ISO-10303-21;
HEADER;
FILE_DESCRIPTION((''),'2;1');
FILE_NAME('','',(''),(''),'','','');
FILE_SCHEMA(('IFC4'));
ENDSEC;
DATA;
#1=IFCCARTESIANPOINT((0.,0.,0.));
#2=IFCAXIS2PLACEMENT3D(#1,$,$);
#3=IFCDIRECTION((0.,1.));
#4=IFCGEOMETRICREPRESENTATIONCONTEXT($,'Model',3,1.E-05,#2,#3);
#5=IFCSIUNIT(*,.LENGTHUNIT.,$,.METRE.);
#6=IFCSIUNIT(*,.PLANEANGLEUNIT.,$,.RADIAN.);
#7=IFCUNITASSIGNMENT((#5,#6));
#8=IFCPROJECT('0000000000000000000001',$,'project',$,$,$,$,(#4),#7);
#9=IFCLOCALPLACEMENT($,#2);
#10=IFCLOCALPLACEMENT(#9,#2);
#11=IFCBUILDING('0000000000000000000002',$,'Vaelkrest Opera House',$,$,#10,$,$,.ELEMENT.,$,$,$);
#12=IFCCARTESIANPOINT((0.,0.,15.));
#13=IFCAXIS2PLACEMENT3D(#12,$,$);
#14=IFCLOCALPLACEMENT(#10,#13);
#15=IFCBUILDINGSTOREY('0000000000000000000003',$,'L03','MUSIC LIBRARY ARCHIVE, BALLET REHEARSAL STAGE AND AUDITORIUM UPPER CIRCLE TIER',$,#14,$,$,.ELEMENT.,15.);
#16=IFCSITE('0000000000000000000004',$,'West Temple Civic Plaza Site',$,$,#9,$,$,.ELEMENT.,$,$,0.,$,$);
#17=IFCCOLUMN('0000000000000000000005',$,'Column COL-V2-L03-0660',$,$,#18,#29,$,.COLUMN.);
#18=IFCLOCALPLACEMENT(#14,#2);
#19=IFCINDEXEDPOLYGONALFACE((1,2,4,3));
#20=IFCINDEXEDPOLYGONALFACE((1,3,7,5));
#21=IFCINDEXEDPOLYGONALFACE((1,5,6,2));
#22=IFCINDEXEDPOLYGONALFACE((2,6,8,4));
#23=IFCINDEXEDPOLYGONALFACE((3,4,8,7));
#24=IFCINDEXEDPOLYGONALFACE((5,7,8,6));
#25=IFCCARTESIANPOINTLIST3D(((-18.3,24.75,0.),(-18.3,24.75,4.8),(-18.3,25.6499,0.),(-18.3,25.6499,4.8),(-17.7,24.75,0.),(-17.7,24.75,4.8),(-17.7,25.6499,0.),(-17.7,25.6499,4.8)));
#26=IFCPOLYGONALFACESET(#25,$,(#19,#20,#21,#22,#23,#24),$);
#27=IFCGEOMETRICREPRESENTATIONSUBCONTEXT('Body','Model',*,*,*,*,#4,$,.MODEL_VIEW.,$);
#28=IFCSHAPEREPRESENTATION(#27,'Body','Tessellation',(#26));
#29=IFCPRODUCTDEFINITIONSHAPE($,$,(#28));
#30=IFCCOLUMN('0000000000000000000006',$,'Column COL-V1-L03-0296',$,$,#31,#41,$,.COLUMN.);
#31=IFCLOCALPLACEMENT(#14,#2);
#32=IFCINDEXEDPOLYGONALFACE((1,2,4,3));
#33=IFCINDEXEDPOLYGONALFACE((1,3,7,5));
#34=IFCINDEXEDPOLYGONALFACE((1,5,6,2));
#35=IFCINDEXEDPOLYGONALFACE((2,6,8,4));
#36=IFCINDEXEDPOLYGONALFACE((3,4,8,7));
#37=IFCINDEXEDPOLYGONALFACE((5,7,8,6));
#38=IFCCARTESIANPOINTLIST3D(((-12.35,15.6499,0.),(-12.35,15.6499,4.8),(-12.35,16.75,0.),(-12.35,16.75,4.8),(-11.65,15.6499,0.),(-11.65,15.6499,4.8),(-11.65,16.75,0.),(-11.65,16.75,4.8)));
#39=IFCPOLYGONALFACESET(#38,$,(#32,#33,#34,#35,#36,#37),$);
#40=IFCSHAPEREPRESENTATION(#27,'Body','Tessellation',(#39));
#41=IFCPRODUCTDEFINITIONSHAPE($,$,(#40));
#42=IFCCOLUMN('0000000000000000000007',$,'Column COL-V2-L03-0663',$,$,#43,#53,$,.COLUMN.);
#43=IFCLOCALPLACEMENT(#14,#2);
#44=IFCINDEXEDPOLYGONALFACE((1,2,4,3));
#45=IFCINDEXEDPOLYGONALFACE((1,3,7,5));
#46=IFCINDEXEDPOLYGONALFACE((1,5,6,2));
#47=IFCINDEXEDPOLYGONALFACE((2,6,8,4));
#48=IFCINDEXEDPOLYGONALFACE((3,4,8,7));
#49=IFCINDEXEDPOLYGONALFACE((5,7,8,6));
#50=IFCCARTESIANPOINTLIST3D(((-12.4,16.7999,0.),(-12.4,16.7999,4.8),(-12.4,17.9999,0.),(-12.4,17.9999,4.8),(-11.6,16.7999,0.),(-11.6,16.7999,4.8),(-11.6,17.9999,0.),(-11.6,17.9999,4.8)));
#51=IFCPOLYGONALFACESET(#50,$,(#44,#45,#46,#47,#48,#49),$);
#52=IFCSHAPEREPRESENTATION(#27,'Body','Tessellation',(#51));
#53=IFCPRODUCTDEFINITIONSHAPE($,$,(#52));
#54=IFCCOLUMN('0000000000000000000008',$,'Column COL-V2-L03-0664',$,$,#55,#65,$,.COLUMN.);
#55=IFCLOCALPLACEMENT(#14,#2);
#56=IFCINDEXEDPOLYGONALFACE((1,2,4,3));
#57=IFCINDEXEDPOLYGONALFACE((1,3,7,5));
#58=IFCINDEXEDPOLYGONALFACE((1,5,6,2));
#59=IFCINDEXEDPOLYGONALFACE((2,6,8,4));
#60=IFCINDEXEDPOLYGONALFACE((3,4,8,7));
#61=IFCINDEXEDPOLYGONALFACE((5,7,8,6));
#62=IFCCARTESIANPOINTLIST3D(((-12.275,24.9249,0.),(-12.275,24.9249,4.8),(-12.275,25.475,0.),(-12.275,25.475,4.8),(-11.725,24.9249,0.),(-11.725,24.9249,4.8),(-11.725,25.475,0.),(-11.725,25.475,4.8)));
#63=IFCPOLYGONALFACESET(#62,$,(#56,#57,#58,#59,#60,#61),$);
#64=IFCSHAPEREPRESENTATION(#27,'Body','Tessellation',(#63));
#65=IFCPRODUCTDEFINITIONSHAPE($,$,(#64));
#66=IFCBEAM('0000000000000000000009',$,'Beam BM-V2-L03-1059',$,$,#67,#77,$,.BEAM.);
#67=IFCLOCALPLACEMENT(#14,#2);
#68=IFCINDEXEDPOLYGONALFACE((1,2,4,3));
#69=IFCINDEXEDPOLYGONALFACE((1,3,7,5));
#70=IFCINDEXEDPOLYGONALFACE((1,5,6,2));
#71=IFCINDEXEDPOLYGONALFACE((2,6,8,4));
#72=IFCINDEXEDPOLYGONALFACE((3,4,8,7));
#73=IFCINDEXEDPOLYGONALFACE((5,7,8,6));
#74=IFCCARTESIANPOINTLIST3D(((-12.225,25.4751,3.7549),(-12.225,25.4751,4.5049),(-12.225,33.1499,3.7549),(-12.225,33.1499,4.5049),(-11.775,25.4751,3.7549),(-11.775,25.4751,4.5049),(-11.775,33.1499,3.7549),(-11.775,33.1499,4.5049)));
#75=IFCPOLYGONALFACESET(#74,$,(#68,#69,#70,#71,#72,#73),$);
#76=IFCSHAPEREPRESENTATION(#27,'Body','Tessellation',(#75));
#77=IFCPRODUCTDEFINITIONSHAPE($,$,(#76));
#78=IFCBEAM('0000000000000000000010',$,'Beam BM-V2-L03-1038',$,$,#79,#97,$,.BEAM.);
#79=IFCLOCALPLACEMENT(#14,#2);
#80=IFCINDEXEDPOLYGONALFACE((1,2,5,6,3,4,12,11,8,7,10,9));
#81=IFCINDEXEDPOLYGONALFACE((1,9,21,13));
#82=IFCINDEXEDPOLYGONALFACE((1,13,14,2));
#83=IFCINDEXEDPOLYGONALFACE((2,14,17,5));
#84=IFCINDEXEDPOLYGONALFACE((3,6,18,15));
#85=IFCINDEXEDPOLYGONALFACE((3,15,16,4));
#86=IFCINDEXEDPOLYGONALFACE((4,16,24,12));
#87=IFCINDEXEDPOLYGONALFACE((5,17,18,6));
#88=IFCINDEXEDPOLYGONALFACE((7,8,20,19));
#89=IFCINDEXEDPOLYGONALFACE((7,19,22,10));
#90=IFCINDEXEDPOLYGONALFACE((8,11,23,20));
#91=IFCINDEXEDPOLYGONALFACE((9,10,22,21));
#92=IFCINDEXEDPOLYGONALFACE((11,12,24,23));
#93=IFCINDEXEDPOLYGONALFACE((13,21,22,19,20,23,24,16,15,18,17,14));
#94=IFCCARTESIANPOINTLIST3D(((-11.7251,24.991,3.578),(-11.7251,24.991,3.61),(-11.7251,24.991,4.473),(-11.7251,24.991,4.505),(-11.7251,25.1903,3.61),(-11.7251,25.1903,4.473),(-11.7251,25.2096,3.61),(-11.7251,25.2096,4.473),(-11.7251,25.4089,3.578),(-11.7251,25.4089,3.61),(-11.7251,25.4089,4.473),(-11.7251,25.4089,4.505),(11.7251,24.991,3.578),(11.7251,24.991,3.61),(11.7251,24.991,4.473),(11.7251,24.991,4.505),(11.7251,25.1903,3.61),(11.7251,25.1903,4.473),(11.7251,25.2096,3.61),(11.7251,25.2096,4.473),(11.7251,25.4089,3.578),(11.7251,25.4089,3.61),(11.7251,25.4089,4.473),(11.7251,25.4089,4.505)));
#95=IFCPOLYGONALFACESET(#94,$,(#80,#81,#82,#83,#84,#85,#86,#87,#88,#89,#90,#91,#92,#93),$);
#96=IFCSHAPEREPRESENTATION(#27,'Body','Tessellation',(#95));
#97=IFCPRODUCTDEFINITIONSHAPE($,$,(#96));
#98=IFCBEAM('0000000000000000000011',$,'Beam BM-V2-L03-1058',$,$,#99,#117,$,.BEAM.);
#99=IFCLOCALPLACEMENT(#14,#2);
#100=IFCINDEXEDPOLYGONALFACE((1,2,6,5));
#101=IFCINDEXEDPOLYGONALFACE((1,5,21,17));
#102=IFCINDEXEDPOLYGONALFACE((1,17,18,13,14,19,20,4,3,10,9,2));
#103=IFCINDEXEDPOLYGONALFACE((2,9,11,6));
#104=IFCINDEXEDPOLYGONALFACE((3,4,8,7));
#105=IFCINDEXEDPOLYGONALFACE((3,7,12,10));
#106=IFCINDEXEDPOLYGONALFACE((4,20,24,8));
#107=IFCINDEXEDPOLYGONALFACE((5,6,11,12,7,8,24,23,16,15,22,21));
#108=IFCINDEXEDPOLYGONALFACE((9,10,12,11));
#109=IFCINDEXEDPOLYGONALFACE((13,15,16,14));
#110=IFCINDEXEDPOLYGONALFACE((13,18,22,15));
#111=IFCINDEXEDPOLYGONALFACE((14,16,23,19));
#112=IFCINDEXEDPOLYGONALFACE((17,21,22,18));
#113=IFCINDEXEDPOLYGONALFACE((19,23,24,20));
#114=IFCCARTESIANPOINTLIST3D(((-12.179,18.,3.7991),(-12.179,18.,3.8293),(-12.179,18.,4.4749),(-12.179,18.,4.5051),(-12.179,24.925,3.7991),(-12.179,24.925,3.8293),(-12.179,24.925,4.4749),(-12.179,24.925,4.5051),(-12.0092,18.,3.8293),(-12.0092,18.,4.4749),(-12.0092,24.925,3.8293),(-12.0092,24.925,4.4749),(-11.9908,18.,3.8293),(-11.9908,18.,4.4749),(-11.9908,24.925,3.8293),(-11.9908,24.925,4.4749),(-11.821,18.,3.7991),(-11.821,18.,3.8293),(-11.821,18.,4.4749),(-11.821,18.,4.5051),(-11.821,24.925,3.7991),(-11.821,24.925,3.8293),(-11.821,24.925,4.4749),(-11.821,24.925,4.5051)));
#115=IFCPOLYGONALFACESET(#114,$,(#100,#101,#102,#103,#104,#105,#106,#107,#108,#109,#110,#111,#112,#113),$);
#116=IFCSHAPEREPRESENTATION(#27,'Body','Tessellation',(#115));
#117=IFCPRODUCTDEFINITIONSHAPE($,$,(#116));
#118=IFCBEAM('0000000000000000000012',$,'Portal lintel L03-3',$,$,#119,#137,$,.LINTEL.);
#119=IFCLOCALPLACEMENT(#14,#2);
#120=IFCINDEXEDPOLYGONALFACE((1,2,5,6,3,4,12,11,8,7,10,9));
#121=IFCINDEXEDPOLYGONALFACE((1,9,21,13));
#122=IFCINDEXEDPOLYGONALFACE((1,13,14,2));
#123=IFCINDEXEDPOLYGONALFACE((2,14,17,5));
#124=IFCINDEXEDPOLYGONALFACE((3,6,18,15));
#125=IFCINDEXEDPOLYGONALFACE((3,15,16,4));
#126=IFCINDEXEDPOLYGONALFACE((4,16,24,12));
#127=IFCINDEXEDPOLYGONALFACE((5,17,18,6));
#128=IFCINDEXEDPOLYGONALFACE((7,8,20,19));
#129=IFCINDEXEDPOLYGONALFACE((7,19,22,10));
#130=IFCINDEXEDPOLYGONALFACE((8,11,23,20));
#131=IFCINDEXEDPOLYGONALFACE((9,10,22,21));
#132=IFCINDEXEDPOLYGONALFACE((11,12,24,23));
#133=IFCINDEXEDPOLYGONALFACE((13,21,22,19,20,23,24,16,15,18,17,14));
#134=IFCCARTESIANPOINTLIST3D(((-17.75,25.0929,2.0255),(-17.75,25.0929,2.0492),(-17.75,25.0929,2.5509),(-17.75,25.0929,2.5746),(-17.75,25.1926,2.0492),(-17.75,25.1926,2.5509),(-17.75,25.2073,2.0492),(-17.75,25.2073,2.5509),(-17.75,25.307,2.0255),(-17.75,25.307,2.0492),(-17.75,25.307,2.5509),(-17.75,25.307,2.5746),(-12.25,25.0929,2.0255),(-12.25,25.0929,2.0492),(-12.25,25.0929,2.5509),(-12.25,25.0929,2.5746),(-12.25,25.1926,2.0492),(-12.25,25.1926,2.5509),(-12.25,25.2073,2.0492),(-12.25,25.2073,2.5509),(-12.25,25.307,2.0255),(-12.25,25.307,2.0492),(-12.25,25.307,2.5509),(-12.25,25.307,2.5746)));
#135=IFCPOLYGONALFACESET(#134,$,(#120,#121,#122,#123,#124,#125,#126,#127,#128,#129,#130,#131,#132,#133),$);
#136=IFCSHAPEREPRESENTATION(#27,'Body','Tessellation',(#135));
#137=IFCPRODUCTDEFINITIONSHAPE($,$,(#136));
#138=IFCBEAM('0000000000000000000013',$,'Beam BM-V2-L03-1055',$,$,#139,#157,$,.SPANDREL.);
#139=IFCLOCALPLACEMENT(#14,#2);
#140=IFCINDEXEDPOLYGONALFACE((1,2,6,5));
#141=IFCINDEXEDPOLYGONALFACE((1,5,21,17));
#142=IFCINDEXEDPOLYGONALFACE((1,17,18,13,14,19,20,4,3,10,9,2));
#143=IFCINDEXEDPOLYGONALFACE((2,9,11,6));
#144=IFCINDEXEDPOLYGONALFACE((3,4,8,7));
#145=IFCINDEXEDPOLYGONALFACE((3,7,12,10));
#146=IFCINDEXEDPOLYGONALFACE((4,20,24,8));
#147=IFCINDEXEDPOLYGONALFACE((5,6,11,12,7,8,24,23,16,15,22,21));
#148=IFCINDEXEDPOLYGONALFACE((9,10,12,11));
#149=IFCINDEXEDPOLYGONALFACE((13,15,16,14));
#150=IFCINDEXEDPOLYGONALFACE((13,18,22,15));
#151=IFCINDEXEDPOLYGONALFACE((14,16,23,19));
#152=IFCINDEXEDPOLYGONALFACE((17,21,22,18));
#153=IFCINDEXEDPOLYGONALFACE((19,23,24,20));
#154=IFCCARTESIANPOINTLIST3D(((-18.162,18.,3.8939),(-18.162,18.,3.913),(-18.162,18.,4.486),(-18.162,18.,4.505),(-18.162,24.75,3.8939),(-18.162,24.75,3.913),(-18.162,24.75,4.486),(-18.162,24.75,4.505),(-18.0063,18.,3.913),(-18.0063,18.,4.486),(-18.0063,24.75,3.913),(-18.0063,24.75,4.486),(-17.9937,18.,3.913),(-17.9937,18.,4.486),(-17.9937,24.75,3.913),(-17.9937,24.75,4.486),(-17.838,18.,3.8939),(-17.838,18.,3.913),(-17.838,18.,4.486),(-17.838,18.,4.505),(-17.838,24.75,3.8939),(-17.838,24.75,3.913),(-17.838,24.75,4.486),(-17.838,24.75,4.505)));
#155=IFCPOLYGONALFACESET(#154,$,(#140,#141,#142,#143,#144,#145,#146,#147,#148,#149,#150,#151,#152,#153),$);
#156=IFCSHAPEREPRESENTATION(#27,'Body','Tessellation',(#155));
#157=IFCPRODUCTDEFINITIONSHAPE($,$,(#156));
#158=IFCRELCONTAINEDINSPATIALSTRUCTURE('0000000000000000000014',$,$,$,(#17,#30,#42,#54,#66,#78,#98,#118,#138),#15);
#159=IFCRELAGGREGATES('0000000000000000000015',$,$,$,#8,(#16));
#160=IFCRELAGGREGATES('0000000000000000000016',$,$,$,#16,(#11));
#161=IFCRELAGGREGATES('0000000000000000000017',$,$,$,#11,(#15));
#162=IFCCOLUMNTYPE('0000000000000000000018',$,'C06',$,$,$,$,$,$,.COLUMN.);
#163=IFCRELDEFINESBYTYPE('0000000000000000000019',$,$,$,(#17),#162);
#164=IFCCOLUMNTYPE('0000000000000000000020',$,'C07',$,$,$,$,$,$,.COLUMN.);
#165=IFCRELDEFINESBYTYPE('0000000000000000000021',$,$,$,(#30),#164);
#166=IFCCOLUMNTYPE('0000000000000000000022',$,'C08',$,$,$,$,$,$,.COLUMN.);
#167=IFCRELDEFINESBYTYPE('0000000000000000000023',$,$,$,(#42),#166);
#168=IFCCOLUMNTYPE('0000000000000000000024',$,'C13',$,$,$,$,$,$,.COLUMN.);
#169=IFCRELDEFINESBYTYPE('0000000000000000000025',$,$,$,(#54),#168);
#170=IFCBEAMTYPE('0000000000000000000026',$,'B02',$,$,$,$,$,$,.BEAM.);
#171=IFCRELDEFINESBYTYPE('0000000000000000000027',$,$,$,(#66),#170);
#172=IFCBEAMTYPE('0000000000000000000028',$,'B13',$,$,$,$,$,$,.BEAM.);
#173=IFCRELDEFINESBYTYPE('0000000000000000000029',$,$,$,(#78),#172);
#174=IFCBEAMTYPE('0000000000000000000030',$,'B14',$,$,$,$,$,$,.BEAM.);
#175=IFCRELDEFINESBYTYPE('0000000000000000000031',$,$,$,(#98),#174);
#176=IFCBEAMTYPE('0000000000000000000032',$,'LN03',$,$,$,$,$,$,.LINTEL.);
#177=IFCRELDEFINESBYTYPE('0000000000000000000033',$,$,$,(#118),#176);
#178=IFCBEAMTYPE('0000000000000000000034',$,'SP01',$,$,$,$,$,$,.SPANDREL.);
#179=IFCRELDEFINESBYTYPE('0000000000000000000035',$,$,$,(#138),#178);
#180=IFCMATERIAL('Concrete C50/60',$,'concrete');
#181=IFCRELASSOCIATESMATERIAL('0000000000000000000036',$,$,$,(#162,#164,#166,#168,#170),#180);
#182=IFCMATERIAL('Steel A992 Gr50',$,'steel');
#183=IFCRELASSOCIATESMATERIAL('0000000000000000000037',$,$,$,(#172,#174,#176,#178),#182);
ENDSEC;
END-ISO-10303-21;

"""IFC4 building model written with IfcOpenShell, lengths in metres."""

from ifc_helpers import new_model, si_unit, direction, frame, origin, origin_2d, place, context, subcontext, project, spatial, rectangle, i_section, extrude, material, material_profile, profile_set, type_object, element, save


model = new_model("IFC4")

# Units and contexts
model_context = context("Model", 3, precision=1e-05, world=origin(), true_north=direction((0.0, 1.0)))
body_context = subcontext(model_context, "Body", "Model", "MODEL_VIEW")
ifc_project = project(units=[si_unit("LENGTHUNIT", "METRE"), si_unit("PLANEANGLEUNIT", "RADIAN")], contexts=[model_context])

# Site, building, storey
site_placement = place(None, origin())
site = spatial("IfcSite", under=ifc_project, at=site_placement, Name="West Temple Civic Plaza Site", CompositionType="ELEMENT", RefElevation=0.0)
building_placement = place(site_placement, origin())
building = spatial("IfcBuilding", under=site, at=building_placement, Name="Vaelkrest Opera House", CompositionType="ELEMENT")
storey_placement = place(building_placement, frame((0.0, 0.0, 15.0)))
storey = spatial("IfcBuildingStorey", under=building, at=storey_placement, Name="L03", Description="MUSIC LIBRARY ARCHIVE, BALLET REHEARSAL STAGE AND AUDITORIUM UPPER CIRCLE TIER", CompositionType="ELEMENT", Elevation=15.0)

# Columns
ifc_material_1 = material(Name="Concrete C50/60", Category="concrete")
ifc_material_profile_1 = material_profile(ifc_material_1, rectangle(XDim=0.6001, YDim=0.8999, at=origin_2d()), Name="RC600X900")
ifc_profile_set_1 = profile_set([ifc_material_profile_1], Name="Concrete C50/60")
column_type_1 = type_object("IfcColumnType", Name="C06", PredefinedType="COLUMN", material=ifc_profile_set_1)
column_1_placement = place(storey_placement, frame((-18.0, 25.2, 0.0), z_axis=(0.0, 0.0, 1.0), x_axis=(1.0, 0.0, 0.0)))
element("IfcColumn", 1, at=column_1_placement, inside=storey, type_object=column_type_1, Name="Column COL-V2-L03-0660", PredefinedType="COLUMN", context=body_context, shape_type="SweptSolid", body=[
    extrude(rectangle(XDim=0.6001, YDim=0.8999, at=origin_2d()), origin(), (0.0, 0.0, 1.0), 4.8),
])
ifc_material_profile_2 = material_profile(ifc_material_1, rectangle(XDim=0.7, YDim=1.1001, at=origin_2d()), Name="RC700X1100")
ifc_profile_set_2 = profile_set([ifc_material_profile_2], Name="Concrete C50/60")
column_type_2 = type_object("IfcColumnType", Name="C07", PredefinedType="COLUMN", material=ifc_profile_set_2)
column_2_placement = place(storey_placement, frame((-12.0, 16.2, 0.0), z_axis=(0.0, 0.0, 1.0), x_axis=(1.0, 0.0, 0.0)))
element("IfcColumn", 2, at=column_2_placement, inside=storey, type_object=column_type_2, Name="Column COL-V1-L03-0296", PredefinedType="COLUMN", context=body_context, shape_type="SweptSolid", body=[
    extrude(rectangle(XDim=0.7, YDim=1.1001, at=origin_2d()), origin(), (0.0, 0.0, 1.0), 4.8),
])
ifc_material_profile_3 = material_profile(ifc_material_1, rectangle(XDim=0.8, YDim=1.2, at=origin_2d()), Name="RC800X1200")
ifc_profile_set_3 = profile_set([ifc_material_profile_3], Name="Concrete C50/60")
column_type_3 = type_object("IfcColumnType", Name="C08", PredefinedType="COLUMN", material=ifc_profile_set_3)
column_3_placement = place(storey_placement, frame((-12.0, 17.3999, 0.0), z_axis=(0.0, 0.0, 1.0), x_axis=(1.0, 0.0, 0.0)))
element("IfcColumn", 3, at=column_3_placement, inside=storey, type_object=column_type_3, Name="Column COL-V2-L03-0663", PredefinedType="COLUMN", context=body_context, shape_type="SweptSolid", body=[
    extrude(rectangle(XDim=0.8, YDim=1.2, at=origin_2d()), origin(), (0.0, 0.0, 1.0), 4.8),
])
ifc_material_profile_4 = material_profile(ifc_material_1, rectangle(XDim=0.55, YDim=0.55, at=origin_2d()), Name="RC550X550")
ifc_profile_set_4 = profile_set([ifc_material_profile_4], Name="Concrete C50/60")
column_type_4 = type_object("IfcColumnType", Name="C13", PredefinedType="COLUMN", material=ifc_profile_set_4)
column_4_placement = place(storey_placement, frame((-12.0, 25.2, 0.0), z_axis=(0.0, 0.0, 1.0), x_axis=(1.0, 0.0, 0.0)))
element("IfcColumn", 4, at=column_4_placement, inside=storey, type_object=column_type_4, Name="Column COL-V2-L03-0664", PredefinedType="COLUMN", context=body_context, shape_type="SweptSolid", body=[
    extrude(rectangle(XDim=0.55, YDim=0.55, at=origin_2d()), origin(), (0.0, 0.0, 1.0), 4.8),
])

# Beams
ifc_material_profile_5 = material_profile(ifc_material_1, rectangle(XDim=0.45, YDim=0.75, at=origin_2d()), Name="RCB450X750")
ifc_profile_set_5 = profile_set([ifc_material_profile_5], Name="Concrete C50/60")
beam_type_1 = type_object("IfcBeamType", Name="B02", PredefinedType="BEAM", material=ifc_profile_set_5)
beam_1_placement = place(storey_placement, frame((-12.0, 25.4751, 4.1299), z_axis=(0.0, 1.0, 0.0), x_axis=(-1.0, 0.0, 0.0)))
element("IfcBeam", 5, at=beam_1_placement, inside=storey, type_object=beam_type_1, Name="Beam BM-V2-L03-1059", PredefinedType="BEAM", context=body_context, shape_type="SweptSolid", body=[
    extrude(rectangle(XDim=0.45, YDim=0.75, at=origin_2d()), origin(), (0.0, 0.0, 1.0), 7.6748),
])
ifc_material_2 = material(Name="Steel A992 Gr50", Category="steel")
ifc_material_profile_6 = material_profile(ifc_material_2, i_section(OverallWidth=0.418, OverallDepth=0.927, WebThickness=0.0193, FlangeThickness=0.032, at=origin_2d()), Name="W36X231")
ifc_profile_set_6 = profile_set([ifc_material_profile_6], Name="Steel A992 Gr50")
beam_type_2 = type_object("IfcBeamType", Name="B13", PredefinedType="BEAM", material=ifc_profile_set_6)
beam_2_placement = place(storey_placement, frame((-11.7251, 25.2, 4.0415), z_axis=(1.0, 0.0, 0.0), x_axis=(0.0, 1.0, 0.0)))
element("IfcBeam", 6, at=beam_2_placement, inside=storey, type_object=beam_type_2, Name="Beam BM-V2-L03-1038", PredefinedType="BEAM", context=body_context, shape_type="SweptSolid", body=[
    extrude(i_section(OverallWidth=0.418, OverallDepth=0.927, WebThickness=0.0193, FlangeThickness=0.032, at=origin_2d()), origin(), (0.0, 0.0, 1.0), 23.4502),
])
ifc_material_profile_7 = material_profile(ifc_material_2, i_section(OverallWidth=0.3579, OverallDepth=0.7061, WebThickness=0.0183, FlangeThickness=0.0303, at=origin_2d()), Name="W27X178")
ifc_profile_set_7 = profile_set([ifc_material_profile_7], Name="Steel A992 Gr50")
beam_type_3 = type_object("IfcBeamType", Name="B14", PredefinedType="BEAM", material=ifc_profile_set_7)
beam_3_placement = place(storey_placement, frame((-12.0, 18.0, 4.1521), z_axis=(0.0, 1.0, 0.0), x_axis=(-1.0, 0.0, 0.0)))
element("IfcBeam", 7, at=beam_3_placement, inside=storey, type_object=beam_type_3, Name="Beam BM-V2-L03-1058", PredefinedType="BEAM", context=body_context, shape_type="SweptSolid", body=[
    extrude(i_section(OverallWidth=0.3579, OverallDepth=0.7061, WebThickness=0.0183, FlangeThickness=0.0303, at=origin_2d()), origin(), (0.0, 0.0, 1.0), 6.925),
])
ifc_material_profile_8 = material_profile(ifc_material_2, i_section(OverallWidth=0.2141, OverallDepth=0.5491, WebThickness=0.0146, FlangeThickness=0.0237, at=origin_2d()), Name="W21X93")
ifc_profile_set_8 = profile_set([ifc_material_profile_8], Name="Steel A992 Gr50")
beam_type_4 = type_object("IfcBeamType", Name="LN03", PredefinedType="LINTEL", material=ifc_profile_set_8)
beam_4_placement = place(storey_placement, frame((-17.75, 25.2, 2.3), z_axis=(1.0, 0.0, 0.0), x_axis=(0.0, 1.0, 0.0)))
element("IfcBeam", 8, at=beam_4_placement, inside=storey, type_object=beam_type_4, Name="Portal lintel L03-3", PredefinedType="LINTEL", context=body_context, shape_type="SweptSolid", body=[
    extrude(i_section(OverallWidth=0.2141, OverallDepth=0.5491, WebThickness=0.0146, FlangeThickness=0.0237, at=origin_2d()), origin(), (0.0, 0.0, 1.0), 5.5),
])
ifc_material_profile_9 = material_profile(ifc_material_2, i_section(OverallWidth=0.324, OverallDepth=0.6111, WebThickness=0.0127, FlangeThickness=0.019, at=origin_2d()), Name="W24X104")
ifc_profile_set_9 = profile_set([ifc_material_profile_9], Name="Steel A992 Gr50")
beam_type_5 = type_object("IfcBeamType", Name="SP01", PredefinedType="SPANDREL", material=ifc_profile_set_9)
beam_5_placement = place(storey_placement, frame((-18.0, 18.0, 4.1995), z_axis=(0.0, 1.0, 0.0), x_axis=(-1.0, 0.0, 0.0)))
element("IfcBeam", 9, at=beam_5_placement, inside=storey, type_object=beam_type_5, Name="Beam BM-V2-L03-1055", PredefinedType="SPANDREL", context=body_context, shape_type="SweptSolid", body=[
    extrude(i_section(OverallWidth=0.324, OverallDepth=0.6111, WebThickness=0.0127, FlangeThickness=0.019, at=origin_2d()), origin(), (0.0, 0.0, 1.0), 6.75),
])

save(model, "model.ifc")
